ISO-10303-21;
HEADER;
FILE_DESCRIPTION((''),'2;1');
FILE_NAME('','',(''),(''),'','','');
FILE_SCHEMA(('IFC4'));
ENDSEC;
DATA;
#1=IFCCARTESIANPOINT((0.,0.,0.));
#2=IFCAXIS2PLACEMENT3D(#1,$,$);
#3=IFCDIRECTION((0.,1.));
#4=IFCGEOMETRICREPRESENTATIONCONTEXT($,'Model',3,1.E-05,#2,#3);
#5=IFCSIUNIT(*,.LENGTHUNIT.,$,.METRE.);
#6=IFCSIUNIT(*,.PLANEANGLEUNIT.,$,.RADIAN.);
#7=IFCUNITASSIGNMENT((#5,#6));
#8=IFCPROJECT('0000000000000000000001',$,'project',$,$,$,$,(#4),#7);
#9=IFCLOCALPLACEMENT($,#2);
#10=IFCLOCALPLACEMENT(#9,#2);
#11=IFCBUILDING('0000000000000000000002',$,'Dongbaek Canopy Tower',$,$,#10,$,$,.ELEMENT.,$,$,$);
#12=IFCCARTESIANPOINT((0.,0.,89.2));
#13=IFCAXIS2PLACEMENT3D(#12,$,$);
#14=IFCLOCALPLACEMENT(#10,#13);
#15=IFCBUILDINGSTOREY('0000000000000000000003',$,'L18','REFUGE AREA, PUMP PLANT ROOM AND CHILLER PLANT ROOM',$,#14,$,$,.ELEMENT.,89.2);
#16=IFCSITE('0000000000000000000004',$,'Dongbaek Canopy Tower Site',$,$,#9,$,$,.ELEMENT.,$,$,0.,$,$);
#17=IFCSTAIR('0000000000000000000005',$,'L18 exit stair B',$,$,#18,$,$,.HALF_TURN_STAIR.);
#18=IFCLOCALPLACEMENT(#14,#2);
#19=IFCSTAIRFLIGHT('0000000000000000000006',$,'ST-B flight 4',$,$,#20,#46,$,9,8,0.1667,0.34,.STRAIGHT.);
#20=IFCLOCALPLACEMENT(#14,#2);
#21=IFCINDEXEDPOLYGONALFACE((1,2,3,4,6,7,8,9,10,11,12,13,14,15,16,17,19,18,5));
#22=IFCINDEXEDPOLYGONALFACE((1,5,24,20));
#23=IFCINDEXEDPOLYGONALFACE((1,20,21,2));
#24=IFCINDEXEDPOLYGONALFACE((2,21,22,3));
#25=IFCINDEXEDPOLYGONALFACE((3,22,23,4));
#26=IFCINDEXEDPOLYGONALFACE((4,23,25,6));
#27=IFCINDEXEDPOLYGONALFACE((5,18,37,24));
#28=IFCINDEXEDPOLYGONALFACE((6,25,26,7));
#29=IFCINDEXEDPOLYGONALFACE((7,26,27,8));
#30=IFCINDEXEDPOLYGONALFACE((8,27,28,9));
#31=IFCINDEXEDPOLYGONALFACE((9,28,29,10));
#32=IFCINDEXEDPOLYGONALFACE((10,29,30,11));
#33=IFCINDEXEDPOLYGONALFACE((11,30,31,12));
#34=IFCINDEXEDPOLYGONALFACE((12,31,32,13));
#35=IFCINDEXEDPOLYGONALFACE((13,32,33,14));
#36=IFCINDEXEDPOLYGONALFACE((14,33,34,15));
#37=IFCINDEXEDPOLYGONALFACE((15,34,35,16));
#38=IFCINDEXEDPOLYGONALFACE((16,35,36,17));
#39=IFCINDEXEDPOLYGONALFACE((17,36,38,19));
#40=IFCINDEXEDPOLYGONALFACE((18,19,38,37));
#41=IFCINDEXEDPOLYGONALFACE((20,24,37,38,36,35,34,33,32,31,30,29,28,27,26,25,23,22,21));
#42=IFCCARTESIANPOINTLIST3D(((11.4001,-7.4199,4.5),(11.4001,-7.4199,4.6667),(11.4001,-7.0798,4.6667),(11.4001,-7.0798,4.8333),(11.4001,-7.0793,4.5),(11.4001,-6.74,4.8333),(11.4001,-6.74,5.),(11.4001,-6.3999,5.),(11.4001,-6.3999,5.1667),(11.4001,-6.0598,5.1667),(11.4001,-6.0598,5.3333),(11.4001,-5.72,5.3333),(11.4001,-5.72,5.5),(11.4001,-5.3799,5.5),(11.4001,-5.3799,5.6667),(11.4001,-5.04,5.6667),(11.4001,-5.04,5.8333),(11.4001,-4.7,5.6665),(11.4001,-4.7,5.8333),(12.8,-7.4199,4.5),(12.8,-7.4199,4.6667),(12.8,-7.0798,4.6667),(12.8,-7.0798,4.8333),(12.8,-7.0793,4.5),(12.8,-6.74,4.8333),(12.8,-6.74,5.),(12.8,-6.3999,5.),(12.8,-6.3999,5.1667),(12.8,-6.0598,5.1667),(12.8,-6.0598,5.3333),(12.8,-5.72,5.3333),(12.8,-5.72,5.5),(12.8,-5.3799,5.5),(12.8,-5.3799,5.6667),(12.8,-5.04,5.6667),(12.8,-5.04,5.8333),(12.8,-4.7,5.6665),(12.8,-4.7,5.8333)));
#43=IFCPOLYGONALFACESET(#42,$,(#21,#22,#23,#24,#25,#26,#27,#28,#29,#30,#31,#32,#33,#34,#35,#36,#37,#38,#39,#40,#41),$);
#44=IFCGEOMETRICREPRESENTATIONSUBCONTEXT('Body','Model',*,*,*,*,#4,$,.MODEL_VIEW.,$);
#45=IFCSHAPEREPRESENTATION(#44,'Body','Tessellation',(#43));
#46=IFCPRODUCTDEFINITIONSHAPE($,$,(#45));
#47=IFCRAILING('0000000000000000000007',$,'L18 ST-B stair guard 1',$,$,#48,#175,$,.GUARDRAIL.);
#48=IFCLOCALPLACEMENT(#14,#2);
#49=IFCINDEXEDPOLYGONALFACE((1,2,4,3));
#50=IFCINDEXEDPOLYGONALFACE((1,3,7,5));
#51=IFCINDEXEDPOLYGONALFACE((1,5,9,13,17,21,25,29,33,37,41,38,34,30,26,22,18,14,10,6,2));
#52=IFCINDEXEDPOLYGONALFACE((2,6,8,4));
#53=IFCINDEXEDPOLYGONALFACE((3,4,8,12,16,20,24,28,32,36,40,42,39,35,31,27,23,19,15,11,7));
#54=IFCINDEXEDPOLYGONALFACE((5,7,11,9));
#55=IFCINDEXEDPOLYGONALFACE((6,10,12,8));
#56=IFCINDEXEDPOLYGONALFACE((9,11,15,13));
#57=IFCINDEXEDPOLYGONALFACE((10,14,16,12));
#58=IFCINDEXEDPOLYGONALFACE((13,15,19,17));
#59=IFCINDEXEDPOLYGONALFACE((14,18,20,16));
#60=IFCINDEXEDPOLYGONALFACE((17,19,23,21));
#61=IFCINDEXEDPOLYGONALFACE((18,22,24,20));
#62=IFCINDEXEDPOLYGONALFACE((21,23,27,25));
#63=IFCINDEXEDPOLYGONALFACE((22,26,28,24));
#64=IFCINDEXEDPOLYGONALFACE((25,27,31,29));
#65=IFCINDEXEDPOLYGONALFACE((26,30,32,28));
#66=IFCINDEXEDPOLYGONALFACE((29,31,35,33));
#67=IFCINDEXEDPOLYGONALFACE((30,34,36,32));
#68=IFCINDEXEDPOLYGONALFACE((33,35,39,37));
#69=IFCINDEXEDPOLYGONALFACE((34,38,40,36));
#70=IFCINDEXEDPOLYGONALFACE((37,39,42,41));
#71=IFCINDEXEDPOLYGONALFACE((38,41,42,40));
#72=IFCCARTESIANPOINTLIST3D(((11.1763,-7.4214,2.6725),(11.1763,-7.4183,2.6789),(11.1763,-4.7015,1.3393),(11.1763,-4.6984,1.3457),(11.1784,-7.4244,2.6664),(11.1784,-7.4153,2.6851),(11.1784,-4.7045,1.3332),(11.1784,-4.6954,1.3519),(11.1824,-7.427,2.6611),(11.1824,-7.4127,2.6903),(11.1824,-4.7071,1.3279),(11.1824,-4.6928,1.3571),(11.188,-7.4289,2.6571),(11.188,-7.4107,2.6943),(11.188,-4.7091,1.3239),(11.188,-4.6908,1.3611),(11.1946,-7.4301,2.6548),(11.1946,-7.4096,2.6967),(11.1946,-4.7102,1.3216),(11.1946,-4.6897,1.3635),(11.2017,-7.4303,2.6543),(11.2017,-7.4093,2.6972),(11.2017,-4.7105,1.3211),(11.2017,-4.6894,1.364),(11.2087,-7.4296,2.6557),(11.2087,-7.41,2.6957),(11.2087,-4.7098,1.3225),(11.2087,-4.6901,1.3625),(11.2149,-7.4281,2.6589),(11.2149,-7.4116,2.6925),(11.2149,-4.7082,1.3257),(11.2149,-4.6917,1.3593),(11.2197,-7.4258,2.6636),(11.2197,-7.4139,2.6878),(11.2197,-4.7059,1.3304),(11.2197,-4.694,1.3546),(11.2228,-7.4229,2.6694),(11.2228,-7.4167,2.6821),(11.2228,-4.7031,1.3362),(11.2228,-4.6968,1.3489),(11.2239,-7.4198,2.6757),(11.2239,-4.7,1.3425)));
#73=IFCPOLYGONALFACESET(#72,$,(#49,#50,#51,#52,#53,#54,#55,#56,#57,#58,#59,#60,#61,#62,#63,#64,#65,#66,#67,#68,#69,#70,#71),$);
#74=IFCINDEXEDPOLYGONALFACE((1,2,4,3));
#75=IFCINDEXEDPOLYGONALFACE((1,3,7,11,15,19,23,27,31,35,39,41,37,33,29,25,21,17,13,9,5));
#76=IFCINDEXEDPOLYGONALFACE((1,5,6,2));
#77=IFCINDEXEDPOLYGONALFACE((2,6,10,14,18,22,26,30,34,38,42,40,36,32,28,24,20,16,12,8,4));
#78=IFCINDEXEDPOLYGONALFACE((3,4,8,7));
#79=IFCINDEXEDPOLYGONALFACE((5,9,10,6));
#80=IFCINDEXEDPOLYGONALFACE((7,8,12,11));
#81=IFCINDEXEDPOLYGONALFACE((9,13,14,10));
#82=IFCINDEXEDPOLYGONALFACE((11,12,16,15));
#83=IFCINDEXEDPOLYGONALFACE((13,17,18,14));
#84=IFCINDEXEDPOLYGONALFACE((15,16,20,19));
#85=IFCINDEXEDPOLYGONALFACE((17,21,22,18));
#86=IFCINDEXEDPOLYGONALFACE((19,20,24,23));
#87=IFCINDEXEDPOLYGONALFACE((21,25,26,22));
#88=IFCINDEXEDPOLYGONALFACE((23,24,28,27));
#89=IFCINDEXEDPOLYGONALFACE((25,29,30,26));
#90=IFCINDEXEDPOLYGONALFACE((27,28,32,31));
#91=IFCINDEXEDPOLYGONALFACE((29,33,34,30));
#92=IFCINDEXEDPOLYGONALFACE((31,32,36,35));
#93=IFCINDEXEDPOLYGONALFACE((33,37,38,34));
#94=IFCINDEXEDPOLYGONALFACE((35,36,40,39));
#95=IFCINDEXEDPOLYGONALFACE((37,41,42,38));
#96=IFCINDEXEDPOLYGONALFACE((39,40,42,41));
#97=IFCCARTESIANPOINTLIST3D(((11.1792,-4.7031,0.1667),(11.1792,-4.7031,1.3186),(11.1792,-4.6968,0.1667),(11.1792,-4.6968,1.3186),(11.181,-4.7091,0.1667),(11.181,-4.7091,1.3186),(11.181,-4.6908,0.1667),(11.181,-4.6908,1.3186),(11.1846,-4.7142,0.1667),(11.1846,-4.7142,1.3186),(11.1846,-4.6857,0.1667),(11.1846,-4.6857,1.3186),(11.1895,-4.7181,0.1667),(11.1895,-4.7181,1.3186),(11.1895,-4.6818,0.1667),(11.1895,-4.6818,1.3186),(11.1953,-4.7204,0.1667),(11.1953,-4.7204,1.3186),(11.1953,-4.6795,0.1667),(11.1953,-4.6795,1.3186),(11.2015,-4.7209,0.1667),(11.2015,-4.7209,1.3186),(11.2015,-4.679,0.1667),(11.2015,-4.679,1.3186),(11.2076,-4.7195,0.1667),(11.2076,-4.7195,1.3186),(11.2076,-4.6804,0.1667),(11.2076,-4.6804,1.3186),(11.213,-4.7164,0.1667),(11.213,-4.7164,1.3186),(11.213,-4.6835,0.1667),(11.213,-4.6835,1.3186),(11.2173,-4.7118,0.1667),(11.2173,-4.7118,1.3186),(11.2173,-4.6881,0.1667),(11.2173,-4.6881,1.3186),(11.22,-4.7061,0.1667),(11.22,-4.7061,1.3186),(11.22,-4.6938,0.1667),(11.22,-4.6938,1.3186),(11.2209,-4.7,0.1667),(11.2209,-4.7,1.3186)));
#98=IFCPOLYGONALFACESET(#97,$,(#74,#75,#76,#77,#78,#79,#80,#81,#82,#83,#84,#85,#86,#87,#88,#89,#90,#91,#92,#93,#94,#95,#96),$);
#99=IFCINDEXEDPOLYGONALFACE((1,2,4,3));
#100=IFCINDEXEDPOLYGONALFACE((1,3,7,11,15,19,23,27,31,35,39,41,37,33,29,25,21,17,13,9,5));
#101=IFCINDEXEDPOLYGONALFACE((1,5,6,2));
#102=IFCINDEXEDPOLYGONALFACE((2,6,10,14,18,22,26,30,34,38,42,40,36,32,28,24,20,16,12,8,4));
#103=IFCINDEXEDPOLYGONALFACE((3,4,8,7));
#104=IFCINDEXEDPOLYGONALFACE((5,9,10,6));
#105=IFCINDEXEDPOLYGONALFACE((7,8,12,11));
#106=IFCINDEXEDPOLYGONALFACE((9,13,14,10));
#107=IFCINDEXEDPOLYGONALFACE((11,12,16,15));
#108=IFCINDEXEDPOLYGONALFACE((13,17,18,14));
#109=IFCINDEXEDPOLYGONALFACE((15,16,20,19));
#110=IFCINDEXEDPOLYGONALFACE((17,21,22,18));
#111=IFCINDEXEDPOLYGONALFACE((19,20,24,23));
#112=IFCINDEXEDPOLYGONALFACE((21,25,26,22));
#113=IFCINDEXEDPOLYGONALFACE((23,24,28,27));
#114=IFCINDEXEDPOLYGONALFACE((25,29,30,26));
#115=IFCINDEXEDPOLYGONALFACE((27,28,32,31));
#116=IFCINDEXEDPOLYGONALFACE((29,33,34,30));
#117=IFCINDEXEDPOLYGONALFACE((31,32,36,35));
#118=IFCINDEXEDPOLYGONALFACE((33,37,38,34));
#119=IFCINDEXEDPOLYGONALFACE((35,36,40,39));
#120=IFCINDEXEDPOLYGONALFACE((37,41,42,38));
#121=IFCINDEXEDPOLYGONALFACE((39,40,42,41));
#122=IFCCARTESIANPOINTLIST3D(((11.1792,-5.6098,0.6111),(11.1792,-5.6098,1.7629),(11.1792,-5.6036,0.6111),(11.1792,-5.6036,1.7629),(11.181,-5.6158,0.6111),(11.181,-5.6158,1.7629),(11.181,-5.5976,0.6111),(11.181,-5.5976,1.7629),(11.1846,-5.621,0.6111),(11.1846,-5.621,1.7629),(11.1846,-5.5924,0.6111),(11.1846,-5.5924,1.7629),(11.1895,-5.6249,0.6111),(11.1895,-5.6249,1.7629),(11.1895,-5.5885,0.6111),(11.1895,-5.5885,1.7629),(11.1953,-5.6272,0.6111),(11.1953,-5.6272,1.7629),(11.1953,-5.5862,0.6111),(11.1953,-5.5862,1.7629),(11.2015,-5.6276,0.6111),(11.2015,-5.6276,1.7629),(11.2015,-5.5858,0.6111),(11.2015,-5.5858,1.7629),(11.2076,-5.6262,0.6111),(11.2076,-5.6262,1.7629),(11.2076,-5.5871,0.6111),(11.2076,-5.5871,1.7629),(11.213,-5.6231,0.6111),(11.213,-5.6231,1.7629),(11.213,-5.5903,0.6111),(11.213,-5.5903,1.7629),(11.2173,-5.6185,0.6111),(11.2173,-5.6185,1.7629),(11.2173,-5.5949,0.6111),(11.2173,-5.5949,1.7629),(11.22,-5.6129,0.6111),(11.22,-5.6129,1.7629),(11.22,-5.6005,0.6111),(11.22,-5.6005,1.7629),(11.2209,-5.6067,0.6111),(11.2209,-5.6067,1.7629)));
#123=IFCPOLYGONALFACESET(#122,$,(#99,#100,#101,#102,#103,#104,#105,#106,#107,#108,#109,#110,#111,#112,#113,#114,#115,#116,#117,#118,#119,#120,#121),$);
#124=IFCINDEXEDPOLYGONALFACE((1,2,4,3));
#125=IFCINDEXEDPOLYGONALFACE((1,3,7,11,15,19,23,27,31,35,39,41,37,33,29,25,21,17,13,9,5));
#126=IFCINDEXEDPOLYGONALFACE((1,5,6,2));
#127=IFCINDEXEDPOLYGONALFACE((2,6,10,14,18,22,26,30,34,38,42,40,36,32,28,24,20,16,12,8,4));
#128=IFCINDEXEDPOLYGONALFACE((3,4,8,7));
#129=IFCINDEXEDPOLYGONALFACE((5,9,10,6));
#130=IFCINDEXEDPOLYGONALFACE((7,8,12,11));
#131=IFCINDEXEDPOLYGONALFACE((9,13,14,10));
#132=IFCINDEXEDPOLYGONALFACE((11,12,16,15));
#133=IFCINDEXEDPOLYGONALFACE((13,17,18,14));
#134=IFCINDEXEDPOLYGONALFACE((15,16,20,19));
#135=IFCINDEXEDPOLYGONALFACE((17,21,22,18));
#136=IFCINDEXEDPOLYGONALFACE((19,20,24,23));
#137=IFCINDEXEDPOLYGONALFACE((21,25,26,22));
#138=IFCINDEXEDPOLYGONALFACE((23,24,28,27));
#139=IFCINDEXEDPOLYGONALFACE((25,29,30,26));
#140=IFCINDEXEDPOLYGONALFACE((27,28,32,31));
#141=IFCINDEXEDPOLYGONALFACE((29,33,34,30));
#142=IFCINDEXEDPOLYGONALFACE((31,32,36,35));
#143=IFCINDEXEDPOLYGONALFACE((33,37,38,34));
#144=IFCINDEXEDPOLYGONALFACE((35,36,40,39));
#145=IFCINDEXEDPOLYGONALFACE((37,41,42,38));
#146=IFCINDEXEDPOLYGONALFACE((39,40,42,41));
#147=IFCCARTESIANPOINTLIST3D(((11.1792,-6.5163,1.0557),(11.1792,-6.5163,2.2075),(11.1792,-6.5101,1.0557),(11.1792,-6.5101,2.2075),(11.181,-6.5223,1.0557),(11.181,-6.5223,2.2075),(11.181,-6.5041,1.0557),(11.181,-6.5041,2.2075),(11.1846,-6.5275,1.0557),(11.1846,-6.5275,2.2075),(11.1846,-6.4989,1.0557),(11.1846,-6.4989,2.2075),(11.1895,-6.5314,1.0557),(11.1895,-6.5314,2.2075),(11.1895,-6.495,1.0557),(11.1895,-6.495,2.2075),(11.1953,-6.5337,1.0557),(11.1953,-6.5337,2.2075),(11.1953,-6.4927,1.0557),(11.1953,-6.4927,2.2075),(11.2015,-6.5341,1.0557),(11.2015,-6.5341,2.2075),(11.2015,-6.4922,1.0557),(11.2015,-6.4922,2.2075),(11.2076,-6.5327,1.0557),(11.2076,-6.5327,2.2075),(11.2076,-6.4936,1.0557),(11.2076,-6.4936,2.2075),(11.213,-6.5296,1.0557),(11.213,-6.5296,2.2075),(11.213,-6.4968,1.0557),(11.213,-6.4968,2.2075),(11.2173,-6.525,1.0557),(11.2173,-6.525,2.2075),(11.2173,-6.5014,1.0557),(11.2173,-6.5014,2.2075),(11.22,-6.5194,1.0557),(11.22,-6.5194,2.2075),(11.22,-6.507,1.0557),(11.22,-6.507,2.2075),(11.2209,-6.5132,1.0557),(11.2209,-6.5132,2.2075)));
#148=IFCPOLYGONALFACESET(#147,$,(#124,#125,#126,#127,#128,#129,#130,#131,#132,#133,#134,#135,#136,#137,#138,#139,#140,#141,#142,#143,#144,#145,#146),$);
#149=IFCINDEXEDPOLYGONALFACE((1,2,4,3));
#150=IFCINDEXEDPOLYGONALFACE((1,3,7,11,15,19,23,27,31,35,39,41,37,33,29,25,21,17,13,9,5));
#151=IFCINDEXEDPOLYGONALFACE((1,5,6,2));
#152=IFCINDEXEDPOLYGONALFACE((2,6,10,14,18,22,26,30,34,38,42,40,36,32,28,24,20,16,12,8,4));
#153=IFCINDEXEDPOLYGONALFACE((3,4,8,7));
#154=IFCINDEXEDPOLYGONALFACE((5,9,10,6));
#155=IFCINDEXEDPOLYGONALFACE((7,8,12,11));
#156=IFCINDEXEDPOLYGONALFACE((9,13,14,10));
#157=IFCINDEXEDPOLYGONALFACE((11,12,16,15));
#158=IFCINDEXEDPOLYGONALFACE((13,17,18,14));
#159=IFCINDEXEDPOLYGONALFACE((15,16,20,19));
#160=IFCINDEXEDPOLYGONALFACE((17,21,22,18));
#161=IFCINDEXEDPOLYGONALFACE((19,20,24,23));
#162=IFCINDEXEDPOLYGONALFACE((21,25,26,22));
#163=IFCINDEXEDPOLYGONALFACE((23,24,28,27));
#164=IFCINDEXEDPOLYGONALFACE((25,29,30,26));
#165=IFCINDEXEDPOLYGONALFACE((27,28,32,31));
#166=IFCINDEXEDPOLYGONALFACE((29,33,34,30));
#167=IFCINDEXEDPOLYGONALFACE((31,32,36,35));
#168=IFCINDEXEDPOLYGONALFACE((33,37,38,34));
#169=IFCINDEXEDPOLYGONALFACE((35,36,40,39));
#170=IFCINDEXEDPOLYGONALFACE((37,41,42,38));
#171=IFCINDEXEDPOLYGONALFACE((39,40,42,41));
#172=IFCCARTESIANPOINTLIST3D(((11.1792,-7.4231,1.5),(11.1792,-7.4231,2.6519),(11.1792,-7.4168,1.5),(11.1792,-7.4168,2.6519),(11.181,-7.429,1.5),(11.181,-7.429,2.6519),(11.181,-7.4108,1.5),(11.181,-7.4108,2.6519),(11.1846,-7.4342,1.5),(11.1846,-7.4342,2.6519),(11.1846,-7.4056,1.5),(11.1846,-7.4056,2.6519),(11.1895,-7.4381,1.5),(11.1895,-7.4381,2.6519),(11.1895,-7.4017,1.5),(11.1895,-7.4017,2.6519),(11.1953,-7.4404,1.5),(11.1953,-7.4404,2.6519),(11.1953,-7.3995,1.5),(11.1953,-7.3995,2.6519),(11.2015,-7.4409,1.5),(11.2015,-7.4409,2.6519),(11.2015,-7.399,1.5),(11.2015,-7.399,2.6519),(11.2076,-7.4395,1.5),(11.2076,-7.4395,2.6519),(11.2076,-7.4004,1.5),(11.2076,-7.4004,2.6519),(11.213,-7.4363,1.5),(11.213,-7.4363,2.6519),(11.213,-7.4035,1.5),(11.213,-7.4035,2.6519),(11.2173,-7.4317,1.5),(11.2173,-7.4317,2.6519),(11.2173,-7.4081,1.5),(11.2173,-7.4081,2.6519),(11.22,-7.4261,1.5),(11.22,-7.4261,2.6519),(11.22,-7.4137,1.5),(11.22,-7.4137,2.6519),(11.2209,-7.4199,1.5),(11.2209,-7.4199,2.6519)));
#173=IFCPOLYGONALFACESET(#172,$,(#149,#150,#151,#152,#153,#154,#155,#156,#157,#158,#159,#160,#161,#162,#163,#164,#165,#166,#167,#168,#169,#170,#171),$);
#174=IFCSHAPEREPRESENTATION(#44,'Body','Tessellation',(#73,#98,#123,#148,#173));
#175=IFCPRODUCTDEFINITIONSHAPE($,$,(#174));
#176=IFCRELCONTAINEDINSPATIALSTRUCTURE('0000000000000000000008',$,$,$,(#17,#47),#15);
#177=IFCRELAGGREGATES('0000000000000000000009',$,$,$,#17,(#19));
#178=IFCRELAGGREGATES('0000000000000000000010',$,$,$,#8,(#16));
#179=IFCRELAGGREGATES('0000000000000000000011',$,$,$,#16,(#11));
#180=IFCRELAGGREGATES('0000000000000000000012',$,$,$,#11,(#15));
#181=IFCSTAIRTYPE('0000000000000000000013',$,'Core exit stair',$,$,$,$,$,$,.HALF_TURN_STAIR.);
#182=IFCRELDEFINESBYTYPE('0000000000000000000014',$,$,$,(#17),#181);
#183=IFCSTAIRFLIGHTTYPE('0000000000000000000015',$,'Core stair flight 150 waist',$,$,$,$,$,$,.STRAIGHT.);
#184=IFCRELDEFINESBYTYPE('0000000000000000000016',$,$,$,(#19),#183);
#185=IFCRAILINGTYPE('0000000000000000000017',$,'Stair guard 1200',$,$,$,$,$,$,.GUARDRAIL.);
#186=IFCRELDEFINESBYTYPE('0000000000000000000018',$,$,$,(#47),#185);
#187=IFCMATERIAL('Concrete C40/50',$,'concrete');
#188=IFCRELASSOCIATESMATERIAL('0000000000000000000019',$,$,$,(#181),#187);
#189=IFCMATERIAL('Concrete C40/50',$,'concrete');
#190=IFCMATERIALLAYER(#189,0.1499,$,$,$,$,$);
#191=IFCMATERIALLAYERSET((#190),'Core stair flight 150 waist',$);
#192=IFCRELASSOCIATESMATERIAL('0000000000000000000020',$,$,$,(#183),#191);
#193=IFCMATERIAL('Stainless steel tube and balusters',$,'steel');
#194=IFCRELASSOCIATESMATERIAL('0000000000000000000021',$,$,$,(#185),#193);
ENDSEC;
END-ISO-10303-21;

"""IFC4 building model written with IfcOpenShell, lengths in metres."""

from ifc_helpers import new_model, si_unit, direction, frame, origin, origin_2d, place, context, subcontext, project, spatial, polyline, circle, outline, extrude, material, layer, layer_set, type_object, element, aggregate, save


model = new_model("IFC4")

# Units and contexts
model_context = context("Model", 3, precision=1e-05, world=origin(), true_north=direction((0.0, 1.0)))
body_context = subcontext(model_context, "Body", "Model", "MODEL_VIEW")
ifc_project = project(units=[si_unit("LENGTHUNIT", "METRE"), si_unit("PLANEANGLEUNIT", "RADIAN")], contexts=[model_context])

# Site, building, storey
site_placement = place(None, origin())
site = spatial("IfcSite", under=ifc_project, at=site_placement, Name="Dongbaek Canopy Tower Site", CompositionType="ELEMENT", RefElevation=0.0)
building_placement = place(site_placement, origin())
building = spatial("IfcBuilding", under=site, at=building_placement, Name="Dongbaek Canopy Tower", CompositionType="ELEMENT")
storey_placement = place(building_placement, frame((0.0, 0.0, 89.2)))
storey = spatial("IfcBuildingStorey", under=building, at=storey_placement, Name="L18", Description="REFUGE AREA, PUMP PLANT ROOM AND CHILLER PLANT ROOM", CompositionType="ELEMENT", Elevation=89.2)

# Stair, stair flight
ifc_material_1 = material(Name="Concrete C40/50", Category="concrete")
stair_type = type_object("IfcStairType", Name="Core exit stair", PredefinedType="HALF_TURN_STAIR", material=ifc_material_1)
stair_placement = place(storey_placement, origin())
stair = element("IfcStair", 1, at=stair_placement, inside=storey, type_object=stair_type, Name="L18 exit stair B", PredefinedType="HALF_TURN_STAIR")
ifc_material_2 = material(Name="Concrete C40/50", Category="concrete")
ifc_layer_1 = layer(ifc_material_2, 0.1499)
ifc_layer_set_1 = layer_set([ifc_layer_1], Name="Core stair flight 150 waist")
stair_flight_type = type_object("IfcStairFlightType", Name="Core stair flight 150 waist", PredefinedType="STRAIGHT", material=ifc_layer_set_1)
stair_flight_1_placement = place(storey_placement, frame((12.1001, -7.4199, 4.5), z_axis=(0.0, 0.0, 1.0), x_axis=(0.0, 1.0, 0.0)))
stair_flight_1 = element("IfcStairFlight", 2, at=stair_flight_1_placement, type_object=stair_flight_type, Name="ST-B flight 4", NumberOfRisers=9, NumberOfTreads=8, PredefinedType="STRAIGHT", RiserHeight=0.1667, TreadLength=0.34, context=body_context, shape_type="SweptSolid", body=[
    extrude(outline(polyline([(0.0, 0.0), (0.0, 0.1667), (0.3401, 0.1667), (0.3401, 0.3333), (0.6799, 0.3333), (0.6799, 0.5), (1.02, 0.5), (1.02, 0.6667), (1.3601, 0.6667), (1.3601, 0.8333), (1.7, 0.8333), (1.7, 1.0), (2.04, 1.0), (2.04, 1.1667), (2.3799, 1.1667), (2.3799, 1.3333), (2.72, 1.3333), (2.72, 1.5), (2.72, 1.1665), (0.3406, 0.0), (0.0, 0.0)])), frame((0.0, 0.7, 0.0), z_axis=(0.0, -1.0, 0.0), x_axis=(1.0, 0.0, 0.0)), (0.0, 0.0, 1.0), 1.3999),
])
aggregate(stair, [stair_flight_1])

# Railing
ifc_material_3 = material(Name="Stainless steel tube and balusters", Category="steel")
railing_type_1 = type_object("IfcRailingType", Name="Stair guard 1200", PredefinedType="GUARDRAIL", material=ifc_material_3)
railing_1_placement = place(storey_placement, frame((11.2, -4.7, 0.1667)))
element("IfcRailing", 3, at=railing_1_placement, inside=storey, type_object=railing_type_1, Name="L18 ST-B stair guard 1", PredefinedType="GUARDRAIL", context=body_context, shape_type="SweptSolid", body=[
    extrude(circle(Radius=0.0239, at=origin_2d()), frame((0.0, 0.0, 1.1758), z_axis=(0.0, -0.897929, 0.440139), x_axis=(1.0, 0.0, 0.0)), (0.0, 0.0, 1.0), 3.0291),
    extrude(circle(Radius=0.021, at=origin_2d()), origin(), (0.0, 0.0, 1.0), 1.1519),
    extrude(circle(Radius=0.021, at=origin_2d()), frame((0.0, -0.9067, 0.4443)), (0.0, 0.0, 1.0), 1.1519),
    extrude(circle(Radius=0.021, at=origin_2d()), frame((0.0, -1.8132, 0.8889)), (0.0, 0.0, 1.0), 1.1519),
    extrude(circle(Radius=0.021, at=origin_2d()), frame((0.0, -2.72, 1.3333)), (0.0, 0.0, 1.0), 1.1519),
])

save(model, "model.ifc")
